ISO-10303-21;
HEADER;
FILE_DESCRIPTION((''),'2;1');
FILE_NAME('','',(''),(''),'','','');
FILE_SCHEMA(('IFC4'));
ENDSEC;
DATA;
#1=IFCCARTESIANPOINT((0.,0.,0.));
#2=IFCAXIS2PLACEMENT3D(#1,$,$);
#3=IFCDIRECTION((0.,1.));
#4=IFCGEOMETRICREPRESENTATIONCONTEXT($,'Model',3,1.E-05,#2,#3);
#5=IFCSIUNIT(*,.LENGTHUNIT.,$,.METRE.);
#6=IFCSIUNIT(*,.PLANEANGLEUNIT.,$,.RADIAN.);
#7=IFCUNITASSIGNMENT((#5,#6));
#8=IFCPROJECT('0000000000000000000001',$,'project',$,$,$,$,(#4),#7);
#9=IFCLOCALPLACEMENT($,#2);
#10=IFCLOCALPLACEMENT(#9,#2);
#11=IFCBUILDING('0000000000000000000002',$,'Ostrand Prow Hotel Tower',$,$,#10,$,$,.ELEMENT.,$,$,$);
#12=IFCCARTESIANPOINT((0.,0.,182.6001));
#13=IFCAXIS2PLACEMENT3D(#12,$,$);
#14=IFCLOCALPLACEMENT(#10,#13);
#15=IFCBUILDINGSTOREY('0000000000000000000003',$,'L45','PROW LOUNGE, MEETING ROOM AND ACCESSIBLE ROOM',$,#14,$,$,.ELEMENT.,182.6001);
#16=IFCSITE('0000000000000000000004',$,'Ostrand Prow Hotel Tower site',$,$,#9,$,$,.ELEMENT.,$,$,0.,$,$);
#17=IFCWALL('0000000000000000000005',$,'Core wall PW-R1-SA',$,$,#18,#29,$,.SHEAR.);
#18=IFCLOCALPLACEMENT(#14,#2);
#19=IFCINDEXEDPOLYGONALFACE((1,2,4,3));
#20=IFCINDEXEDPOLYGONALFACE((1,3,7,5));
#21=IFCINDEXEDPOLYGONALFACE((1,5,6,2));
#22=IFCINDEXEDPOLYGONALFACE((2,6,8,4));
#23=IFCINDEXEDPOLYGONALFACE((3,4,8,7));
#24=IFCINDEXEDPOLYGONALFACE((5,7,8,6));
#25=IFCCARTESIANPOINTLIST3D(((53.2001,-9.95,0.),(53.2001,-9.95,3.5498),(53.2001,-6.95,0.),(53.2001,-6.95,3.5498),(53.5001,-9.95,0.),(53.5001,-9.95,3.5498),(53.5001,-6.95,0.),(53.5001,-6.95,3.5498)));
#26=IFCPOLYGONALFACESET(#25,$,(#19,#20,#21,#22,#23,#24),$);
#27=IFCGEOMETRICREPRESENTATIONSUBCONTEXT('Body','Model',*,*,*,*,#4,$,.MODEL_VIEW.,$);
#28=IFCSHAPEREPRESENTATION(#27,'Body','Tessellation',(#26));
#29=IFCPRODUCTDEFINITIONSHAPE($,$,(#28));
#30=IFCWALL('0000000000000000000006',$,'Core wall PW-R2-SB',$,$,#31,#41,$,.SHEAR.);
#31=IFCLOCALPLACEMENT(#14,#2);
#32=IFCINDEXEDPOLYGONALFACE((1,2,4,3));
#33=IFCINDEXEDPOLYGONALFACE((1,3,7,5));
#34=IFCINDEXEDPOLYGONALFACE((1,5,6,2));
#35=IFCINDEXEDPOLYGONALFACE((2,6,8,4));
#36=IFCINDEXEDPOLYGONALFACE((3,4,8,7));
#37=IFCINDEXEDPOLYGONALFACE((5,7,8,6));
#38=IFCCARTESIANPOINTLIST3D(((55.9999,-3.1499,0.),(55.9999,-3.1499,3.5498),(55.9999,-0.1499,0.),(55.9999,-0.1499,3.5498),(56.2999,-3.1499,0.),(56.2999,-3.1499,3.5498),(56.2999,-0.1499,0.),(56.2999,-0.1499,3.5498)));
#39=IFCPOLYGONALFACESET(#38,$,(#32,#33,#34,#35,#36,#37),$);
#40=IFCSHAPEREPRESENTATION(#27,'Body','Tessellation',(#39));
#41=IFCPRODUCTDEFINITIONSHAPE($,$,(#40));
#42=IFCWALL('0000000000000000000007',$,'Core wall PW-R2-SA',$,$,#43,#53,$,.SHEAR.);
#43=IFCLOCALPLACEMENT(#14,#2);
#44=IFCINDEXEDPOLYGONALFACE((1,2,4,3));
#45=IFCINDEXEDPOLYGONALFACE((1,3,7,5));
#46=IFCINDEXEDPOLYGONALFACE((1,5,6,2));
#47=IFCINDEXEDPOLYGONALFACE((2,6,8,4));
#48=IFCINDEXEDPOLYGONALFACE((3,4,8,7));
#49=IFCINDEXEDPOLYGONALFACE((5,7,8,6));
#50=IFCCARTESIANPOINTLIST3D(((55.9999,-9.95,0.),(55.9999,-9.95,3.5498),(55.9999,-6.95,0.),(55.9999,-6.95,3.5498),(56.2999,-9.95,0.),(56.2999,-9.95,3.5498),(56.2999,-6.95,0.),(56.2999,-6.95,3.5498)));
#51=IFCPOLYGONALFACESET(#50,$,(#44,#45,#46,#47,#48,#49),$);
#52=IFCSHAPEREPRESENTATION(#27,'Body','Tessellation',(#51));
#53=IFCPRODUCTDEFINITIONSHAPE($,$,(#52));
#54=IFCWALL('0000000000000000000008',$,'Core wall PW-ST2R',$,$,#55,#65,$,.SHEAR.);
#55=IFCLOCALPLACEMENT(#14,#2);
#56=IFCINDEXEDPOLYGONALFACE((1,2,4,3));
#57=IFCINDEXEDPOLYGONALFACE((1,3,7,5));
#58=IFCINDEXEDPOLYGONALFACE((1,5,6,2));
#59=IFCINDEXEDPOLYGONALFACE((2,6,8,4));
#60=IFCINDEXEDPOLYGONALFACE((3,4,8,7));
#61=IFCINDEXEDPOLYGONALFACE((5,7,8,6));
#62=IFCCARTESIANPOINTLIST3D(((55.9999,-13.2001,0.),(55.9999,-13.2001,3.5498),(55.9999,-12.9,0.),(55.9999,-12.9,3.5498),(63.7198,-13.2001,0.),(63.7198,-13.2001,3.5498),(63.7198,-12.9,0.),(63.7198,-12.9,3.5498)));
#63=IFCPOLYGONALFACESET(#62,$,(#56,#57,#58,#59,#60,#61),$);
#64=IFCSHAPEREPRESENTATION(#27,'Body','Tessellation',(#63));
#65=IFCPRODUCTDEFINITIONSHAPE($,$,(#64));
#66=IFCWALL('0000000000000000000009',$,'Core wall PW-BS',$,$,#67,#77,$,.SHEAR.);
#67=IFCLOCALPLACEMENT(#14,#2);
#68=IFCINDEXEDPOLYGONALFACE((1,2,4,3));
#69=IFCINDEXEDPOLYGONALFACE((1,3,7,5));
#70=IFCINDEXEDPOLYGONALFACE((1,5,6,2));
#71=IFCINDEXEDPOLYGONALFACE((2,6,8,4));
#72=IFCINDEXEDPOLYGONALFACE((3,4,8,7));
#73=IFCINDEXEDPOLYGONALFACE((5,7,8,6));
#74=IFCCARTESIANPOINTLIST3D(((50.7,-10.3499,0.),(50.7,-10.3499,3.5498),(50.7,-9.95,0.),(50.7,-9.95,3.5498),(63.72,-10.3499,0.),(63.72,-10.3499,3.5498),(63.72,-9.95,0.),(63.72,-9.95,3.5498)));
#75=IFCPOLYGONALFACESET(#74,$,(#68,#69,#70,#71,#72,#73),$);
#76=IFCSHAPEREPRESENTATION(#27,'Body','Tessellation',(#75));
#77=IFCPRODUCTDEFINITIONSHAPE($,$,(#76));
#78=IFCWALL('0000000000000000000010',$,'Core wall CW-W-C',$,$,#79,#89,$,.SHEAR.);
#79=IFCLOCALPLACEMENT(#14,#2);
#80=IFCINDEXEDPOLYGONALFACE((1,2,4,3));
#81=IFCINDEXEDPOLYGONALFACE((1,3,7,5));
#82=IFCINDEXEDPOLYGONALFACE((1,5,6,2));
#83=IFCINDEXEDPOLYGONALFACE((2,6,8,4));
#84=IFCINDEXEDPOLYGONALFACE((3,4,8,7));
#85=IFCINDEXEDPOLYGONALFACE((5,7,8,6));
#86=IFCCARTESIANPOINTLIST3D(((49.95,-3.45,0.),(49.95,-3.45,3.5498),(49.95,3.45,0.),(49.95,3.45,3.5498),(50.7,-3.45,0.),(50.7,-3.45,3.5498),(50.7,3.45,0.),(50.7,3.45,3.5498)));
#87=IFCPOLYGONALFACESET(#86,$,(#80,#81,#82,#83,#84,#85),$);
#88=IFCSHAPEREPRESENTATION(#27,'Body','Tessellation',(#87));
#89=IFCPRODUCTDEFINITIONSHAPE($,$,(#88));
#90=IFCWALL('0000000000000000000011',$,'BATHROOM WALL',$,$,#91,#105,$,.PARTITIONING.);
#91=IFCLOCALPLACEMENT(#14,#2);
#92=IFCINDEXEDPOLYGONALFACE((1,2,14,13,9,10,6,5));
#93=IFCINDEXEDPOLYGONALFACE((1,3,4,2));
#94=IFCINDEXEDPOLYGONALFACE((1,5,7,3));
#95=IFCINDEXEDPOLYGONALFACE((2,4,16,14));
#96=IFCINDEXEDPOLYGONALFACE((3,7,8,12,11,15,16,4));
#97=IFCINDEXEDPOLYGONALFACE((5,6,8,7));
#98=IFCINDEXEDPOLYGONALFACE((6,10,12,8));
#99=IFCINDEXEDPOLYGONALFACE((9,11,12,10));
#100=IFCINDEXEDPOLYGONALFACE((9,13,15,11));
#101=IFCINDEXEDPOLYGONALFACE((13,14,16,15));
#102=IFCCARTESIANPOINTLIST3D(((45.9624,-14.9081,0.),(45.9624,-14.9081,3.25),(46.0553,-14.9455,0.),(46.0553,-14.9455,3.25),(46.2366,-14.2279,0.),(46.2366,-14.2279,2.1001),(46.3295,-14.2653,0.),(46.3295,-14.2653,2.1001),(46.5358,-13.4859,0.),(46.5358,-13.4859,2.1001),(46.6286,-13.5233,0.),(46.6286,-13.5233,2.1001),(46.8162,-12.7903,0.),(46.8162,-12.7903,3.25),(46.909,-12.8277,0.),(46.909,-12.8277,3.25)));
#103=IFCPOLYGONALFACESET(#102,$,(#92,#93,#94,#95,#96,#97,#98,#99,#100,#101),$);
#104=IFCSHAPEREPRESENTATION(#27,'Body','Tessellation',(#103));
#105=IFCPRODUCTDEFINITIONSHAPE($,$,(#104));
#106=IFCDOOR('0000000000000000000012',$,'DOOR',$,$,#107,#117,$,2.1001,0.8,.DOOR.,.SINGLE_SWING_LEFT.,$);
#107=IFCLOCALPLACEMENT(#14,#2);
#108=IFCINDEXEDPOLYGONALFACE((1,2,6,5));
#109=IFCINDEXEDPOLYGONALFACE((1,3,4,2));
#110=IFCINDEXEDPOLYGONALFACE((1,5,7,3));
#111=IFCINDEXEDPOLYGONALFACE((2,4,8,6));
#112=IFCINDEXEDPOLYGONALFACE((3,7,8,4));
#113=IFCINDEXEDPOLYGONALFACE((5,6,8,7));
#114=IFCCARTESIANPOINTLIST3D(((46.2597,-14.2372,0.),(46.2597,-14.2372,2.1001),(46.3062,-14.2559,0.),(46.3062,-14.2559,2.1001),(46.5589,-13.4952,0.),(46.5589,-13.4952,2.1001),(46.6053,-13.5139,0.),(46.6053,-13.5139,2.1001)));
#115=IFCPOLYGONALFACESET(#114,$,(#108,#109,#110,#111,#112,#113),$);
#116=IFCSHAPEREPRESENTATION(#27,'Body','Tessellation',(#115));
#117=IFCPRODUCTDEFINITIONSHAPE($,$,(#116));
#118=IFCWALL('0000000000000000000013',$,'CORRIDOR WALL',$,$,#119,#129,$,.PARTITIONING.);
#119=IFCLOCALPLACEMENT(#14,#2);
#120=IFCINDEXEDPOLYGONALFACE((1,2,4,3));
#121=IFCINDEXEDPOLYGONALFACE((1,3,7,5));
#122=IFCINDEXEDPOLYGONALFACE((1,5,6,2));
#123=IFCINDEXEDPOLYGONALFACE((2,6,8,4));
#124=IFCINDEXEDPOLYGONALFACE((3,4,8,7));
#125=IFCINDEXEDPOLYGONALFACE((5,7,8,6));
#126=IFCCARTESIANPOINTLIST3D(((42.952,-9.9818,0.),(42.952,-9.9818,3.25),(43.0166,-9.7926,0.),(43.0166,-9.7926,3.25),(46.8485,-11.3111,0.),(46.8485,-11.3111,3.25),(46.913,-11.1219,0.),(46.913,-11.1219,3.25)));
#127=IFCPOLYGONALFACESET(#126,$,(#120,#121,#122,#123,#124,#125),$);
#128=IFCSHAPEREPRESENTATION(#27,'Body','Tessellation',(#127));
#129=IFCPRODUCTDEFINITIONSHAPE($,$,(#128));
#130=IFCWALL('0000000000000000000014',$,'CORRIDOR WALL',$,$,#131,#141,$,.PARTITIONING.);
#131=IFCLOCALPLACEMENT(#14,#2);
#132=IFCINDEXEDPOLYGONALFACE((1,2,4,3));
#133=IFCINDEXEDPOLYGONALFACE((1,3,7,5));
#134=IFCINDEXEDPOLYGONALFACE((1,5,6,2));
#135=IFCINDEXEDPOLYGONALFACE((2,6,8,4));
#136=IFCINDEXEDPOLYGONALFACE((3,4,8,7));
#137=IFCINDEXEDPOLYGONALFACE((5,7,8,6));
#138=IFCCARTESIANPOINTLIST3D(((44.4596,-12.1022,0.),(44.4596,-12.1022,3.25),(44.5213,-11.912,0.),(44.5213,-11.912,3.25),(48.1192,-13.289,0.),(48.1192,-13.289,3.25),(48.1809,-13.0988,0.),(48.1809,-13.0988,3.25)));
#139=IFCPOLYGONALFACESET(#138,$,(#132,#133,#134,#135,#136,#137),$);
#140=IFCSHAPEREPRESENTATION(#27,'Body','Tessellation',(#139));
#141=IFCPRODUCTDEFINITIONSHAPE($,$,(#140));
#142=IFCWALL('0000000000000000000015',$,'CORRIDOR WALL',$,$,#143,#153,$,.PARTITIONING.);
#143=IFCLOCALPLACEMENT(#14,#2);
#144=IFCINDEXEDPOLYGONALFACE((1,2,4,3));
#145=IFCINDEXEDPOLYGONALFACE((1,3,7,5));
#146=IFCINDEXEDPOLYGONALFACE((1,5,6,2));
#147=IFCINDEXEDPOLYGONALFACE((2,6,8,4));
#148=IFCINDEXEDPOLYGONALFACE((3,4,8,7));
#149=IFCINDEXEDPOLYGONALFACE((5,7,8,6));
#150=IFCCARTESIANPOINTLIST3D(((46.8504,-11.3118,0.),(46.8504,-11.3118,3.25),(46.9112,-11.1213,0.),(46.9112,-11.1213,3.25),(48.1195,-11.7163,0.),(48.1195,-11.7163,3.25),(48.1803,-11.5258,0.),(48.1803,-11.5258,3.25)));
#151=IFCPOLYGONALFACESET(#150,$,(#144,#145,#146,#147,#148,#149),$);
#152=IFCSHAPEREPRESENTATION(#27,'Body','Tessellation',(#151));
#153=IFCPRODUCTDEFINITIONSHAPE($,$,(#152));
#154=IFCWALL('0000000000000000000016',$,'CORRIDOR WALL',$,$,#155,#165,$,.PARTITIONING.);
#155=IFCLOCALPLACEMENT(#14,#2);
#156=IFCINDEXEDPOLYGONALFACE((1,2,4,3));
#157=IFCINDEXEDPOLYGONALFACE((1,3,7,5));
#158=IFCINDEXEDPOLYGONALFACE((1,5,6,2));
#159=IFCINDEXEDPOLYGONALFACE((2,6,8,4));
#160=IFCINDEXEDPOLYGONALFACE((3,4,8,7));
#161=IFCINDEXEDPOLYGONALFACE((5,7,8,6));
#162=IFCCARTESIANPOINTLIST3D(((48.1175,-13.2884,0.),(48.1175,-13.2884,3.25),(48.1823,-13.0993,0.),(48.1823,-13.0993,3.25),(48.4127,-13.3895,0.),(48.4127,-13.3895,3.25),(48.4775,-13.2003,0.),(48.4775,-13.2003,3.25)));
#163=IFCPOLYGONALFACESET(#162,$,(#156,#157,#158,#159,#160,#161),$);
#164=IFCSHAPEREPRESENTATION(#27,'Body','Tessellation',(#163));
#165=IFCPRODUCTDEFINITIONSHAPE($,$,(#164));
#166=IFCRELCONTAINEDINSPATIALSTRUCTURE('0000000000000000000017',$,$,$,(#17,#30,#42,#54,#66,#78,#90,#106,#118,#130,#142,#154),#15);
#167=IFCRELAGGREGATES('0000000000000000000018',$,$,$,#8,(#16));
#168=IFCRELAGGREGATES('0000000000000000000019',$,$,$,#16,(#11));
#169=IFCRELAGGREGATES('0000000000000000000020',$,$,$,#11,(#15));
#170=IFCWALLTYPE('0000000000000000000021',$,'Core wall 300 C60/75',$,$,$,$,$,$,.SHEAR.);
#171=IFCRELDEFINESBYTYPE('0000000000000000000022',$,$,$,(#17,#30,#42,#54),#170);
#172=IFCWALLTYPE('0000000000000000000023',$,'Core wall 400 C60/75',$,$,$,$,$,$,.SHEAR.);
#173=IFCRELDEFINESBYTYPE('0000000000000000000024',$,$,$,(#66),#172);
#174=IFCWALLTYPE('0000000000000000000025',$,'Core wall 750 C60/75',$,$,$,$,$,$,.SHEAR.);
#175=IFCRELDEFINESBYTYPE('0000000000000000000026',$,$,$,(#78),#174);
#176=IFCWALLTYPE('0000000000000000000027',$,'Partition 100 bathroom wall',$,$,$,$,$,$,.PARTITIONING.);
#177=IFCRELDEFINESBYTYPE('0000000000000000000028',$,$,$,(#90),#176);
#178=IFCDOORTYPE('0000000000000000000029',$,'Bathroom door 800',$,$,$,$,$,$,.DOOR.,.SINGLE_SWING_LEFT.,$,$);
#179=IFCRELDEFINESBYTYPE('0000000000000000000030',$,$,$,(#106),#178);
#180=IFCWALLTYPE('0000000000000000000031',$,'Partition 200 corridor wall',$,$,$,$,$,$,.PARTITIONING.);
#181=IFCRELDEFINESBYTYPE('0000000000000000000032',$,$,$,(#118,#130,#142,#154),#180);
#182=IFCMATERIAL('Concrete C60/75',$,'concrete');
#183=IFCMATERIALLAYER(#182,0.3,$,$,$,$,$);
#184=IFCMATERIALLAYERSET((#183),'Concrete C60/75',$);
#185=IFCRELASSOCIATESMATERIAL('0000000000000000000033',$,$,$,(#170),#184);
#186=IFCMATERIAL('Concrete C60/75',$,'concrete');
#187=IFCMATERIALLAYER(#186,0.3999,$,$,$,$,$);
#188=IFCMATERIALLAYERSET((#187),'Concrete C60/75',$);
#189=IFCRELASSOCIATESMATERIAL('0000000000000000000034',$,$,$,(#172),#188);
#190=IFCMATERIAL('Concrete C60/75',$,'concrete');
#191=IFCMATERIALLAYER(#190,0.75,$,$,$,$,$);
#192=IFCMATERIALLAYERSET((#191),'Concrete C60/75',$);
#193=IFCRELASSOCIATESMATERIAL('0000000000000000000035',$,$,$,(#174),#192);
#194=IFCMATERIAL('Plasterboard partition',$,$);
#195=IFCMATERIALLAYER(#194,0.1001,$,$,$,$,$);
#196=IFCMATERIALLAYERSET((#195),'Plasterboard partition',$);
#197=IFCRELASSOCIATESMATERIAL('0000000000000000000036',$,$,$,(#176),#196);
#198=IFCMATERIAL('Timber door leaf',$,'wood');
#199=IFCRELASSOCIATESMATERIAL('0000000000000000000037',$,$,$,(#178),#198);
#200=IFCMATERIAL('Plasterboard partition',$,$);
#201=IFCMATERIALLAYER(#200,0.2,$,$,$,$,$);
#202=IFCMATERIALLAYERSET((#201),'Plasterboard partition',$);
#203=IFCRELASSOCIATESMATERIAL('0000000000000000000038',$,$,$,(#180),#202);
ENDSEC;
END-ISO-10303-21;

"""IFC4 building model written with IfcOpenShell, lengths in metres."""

from ifc_helpers import new_model, si_unit, direction, frame, frame_2d, origin, place, context, subcontext, project, spatial, rectangle, extrude, material, layer, layer_set, type_object, element, fill, save


model = new_model("IFC4")

# Units and contexts
model_context = context("Model", 3, precision=1e-05, world=origin(), true_north=direction((0.0, 1.0)))
body_context = subcontext(model_context, "Body", "Model", "MODEL_VIEW")
ifc_project = project(units=[si_unit("LENGTHUNIT", "METRE"), si_unit("PLANEANGLEUNIT", "RADIAN")], contexts=[model_context])

# Site, building, storey
site_placement = place(None, origin())
site = spatial("IfcSite", under=ifc_project, at=site_placement, Name="Ostrand Prow Hotel Tower site", CompositionType="ELEMENT", RefElevation=0.0)
building_placement = place(site_placement, origin())
building = spatial("IfcBuilding", under=site, at=building_placement, Name="Ostrand Prow Hotel Tower", CompositionType="ELEMENT")
storey_placement = place(building_placement, frame((0.0, 0.0, 182.6001)))
storey = spatial("IfcBuildingStorey", under=building, at=storey_placement, Name="L45", Description="PROW LOUNGE, MEETING ROOM AND ACCESSIBLE ROOM", CompositionType="ELEMENT", Elevation=182.6001)

# Shared definitions
ifc_material_1 = material(Name="Concrete C60/75", Category="concrete")
ifc_layer_1 = layer(ifc_material_1, 0.3)
ifc_layer_set_1 = layer_set([ifc_layer_1], Name="Concrete C60/75")
wall_type_1 = type_object("IfcWallType", Name="Core wall 300 C60/75", PredefinedType="SHEAR", material=ifc_layer_set_1)

# Walls
for number, where, z_axis, x_axis, name in (
    (1, (53.3501, -9.95, 0.0), (0.0, 0.0, 1.0), (0.0, 1.0, 0.0), "Core wall PW-R1-SA"),
    (2, (56.1499, -3.1499, 0.0), (0.0, 0.0, 1.0), (0.0, 1.0, 0.0), "Core wall PW-R2-SB"),
    (3, (56.1499, -9.95, 0.0), (0.0, 0.0, 1.0), (0.0, 1.0, 0.0), "Core wall PW-R2-SA"),
):
    element("IfcWall", number, at=place(storey_placement, frame(where, z_axis=z_axis, x_axis=x_axis)), inside=storey, type_object=wall_type_1, Name=name, PredefinedType="SHEAR", context=body_context, shape_type="SweptSolid", body=[
        extrude(rectangle(XDim=3.0, YDim=0.3, at=frame_2d((1.5, 0.0))), origin(), (0.0, 0.0, 1.0), 3.5498),
    ])
wall_1_placement = place(storey_placement, frame((56.0, -13.05, 0.0), z_axis=(0.0, 0.0, 1.0), x_axis=(1.0, 0.0, 0.0)))
element("IfcWall", 4, at=wall_1_placement, inside=storey, type_object=wall_type_1, Name="Core wall PW-ST2R", PredefinedType="SHEAR", context=body_context, shape_type="SweptSolid", body=[
    extrude(rectangle(XDim=7.72, YDim=0.3, at=frame_2d((3.8599, 0.0))), origin(), (0.0, 0.0, 1.0), 3.5498),
])
ifc_material_2 = material(Name="Concrete C60/75", Category="concrete")
ifc_layer_2 = layer(ifc_material_2, 0.3999)
ifc_layer_set_2 = layer_set([ifc_layer_2], Name="Concrete C60/75")
wall_type_2 = type_object("IfcWallType", Name="Core wall 400 C60/75", PredefinedType="SHEAR", material=ifc_layer_set_2)
wall_2_placement = place(storey_placement, frame((50.7, -10.1499, 0.0), z_axis=(0.0, 0.0, 1.0), x_axis=(1.0, 0.0, 0.0)))
element("IfcWall", 5, at=wall_2_placement, inside=storey, type_object=wall_type_2, Name="Core wall PW-BS", PredefinedType="SHEAR", context=body_context, shape_type="SweptSolid", body=[
    extrude(rectangle(XDim=13.02, YDim=0.3999, at=frame_2d((6.51, 0.0))), origin(), (0.0, 0.0, 1.0), 3.5498),
])
ifc_material_3 = material(Name="Concrete C60/75", Category="concrete")
ifc_layer_3 = layer(ifc_material_3, 0.75)
ifc_layer_set_3 = layer_set([ifc_layer_3], Name="Concrete C60/75")
wall_type_3 = type_object("IfcWallType", Name="Core wall 750 C60/75", PredefinedType="SHEAR", material=ifc_layer_set_3)
wall_3_placement = place(storey_placement, frame((50.325, -3.45, 0.0), z_axis=(0.0, 0.0, 1.0), x_axis=(0.0, 1.0, 0.0)))
element("IfcWall", 6, at=wall_3_placement, inside=storey, type_object=wall_type_3, Name="Core wall CW-W-C", PredefinedType="SHEAR", context=body_context, shape_type="SweptSolid", body=[
    extrude(rectangle(XDim=6.8999, YDim=0.75, at=frame_2d((3.45, 0.0))), origin(), (0.0, 0.0, 1.0), 3.5498),
])

# Wall, opening, door
ifc_material_4 = material(Name="Plasterboard partition")
ifc_layer_4 = layer(ifc_material_4, 0.1001)
ifc_layer_set_4 = layer_set([ifc_layer_4], Name="Plasterboard partition")
wall_type_4 = type_object("IfcWallType", Name="Partition 100 bathroom wall", PredefinedType="PARTITIONING", material=ifc_layer_set_4)
wall_4_placement = place(storey_placement, frame((46.8625, -12.8091, 0.0), z_axis=(0.0, 0.0, 1.0), x_axis=(-0.373878, -0.927478, 0.0)))
wall_4 = element("IfcWall", 7, at=wall_4_placement, inside=storey, type_object=wall_type_4, Name="BATHROOM WALL", PredefinedType="PARTITIONING", context=body_context, shape_type="SweptSolid", body=[
    extrude(rectangle(XDim=2.2834, YDim=0.1001, at=frame_2d((1.1416, 0.0))), origin(), (0.0, 0.0, 1.0), 3.25),
])
opening_1_placement = place(wall_4_placement, frame((0.75, 0.0, 0.0)))
opening_1 = element("IfcOpeningElement", 8, at=opening_1_placement, cuts=wall_4, PredefinedType="OPENING", context=body_context, shape_type="SweptSolid", body=[
    extrude(rectangle(XDim=0.8, YDim=2.1001, at=frame_2d((0.3999, 1.05))), frame((0.0, 0.0601, 0.0), z_axis=(0.0, -1.0, 0.0), x_axis=(1.0, 0.0, 0.0)), (0.0, 0.0, 1.0), 0.1201),
])
ifc_material_5 = material(Name="Timber door leaf", Category="wood")
door_type_1 = type_object("IfcDoorType", Name="Bathroom door 800", OperationType="SINGLE_SWING_LEFT", PredefinedType="DOOR", material=ifc_material_5)
door_1_placement = place(opening_1_placement, origin())
door_1 = element("IfcDoor", 9, at=door_1_placement, inside=storey, type_object=door_type_1, Name="DOOR", OperationType="SINGLE_SWING_LEFT", OverallHeight=2.1001, OverallWidth=0.8, PredefinedType="DOOR", context=body_context, shape_type="SweptSolid", body=[
    extrude(rectangle(XDim=0.8, YDim=2.1001, at=frame_2d((0.3999, 1.05))), frame((0.0, 0.0249, 0.0), z_axis=(0.0, -1.0, 0.0), x_axis=(1.0, 0.0, 0.0)), (0.0, 0.0, 1.0), 0.05),
])
fill(opening_1, door_1)

# Walls
ifc_material_6 = material(Name="Plasterboard partition")
ifc_layer_5 = layer(ifc_material_6, 0.2)
ifc_layer_set_5 = layer_set([ifc_layer_5], Name="Plasterboard partition")
wall_type_5 = type_object("IfcWallType", Name="Partition 200 corridor wall", PredefinedType="PARTITIONING", material=ifc_layer_set_5)
wall_5_placement = place(storey_placement, frame((46.8809, -11.2166, 0.0), z_axis=(0.0, 0.0, 1.0), x_axis=(-0.946436, 0.322891, 0.0)))
element("IfcWall", 10, at=wall_5_placement, inside=storey, type_object=wall_type_5, Name="CORRIDOR WALL", PredefinedType="PARTITIONING", context=body_context, shape_type="SweptSolid", body=[
    extrude(rectangle(XDim=4.1169, YDim=0.2, at=frame_2d((2.0586, 0.0))), origin(), (0.0, 0.0, 1.0), 3.25),
])
wall_6_placement = place(storey_placement, frame((44.4905, -12.0071, 0.0), z_axis=(0.0, 0.0, 1.0), x_axis=(0.951228, -0.308488, 0.0)))
element("IfcWall", 11, at=wall_6_placement, inside=storey, type_object=wall_type_5, Name="CORRIDOR WALL", PredefinedType="PARTITIONING", context=body_context, shape_type="SweptSolid", body=[
    extrude(rectangle(XDim=3.8472, YDim=0.2, at=frame_2d((1.9236, 0.0))), origin(), (0.0, 0.0, 1.0), 3.25),
])
wall_7_placement = place(storey_placement, frame((48.1499, -11.6211, 0.0), z_axis=(0.0, 0.0, 1.0), x_axis=(-0.952762, 0.303718, 0.0)))
element("IfcWall", 12, at=wall_7_placement, inside=storey, type_object=wall_type_5, Name="CORRIDOR WALL", PredefinedType="PARTITIONING", context=body_context, shape_type="SweptSolid", body=[
    extrude(rectangle(XDim=1.332, YDim=0.2, at=frame_2d((0.666, 0.0))), origin(), (0.0, 0.0, 1.0), 3.25),
])
wall_8_placement = place(storey_placement, frame((48.1499, -13.1938, 0.0), z_axis=(0.0, 0.0, 1.0), x_axis=(0.946069, -0.323964, 0.0)))
element("IfcWall", 13, at=wall_8_placement, inside=storey, type_object=wall_type_5, Name="CORRIDOR WALL", PredefinedType="PARTITIONING", context=body_context, shape_type="SweptSolid", body=[
    extrude(rectangle(XDim=0.312, YDim=0.2, at=frame_2d((0.156, 0.0))), origin(), (0.0, 0.0, 1.0), 3.25),
])

save(model, "model.ifc")
